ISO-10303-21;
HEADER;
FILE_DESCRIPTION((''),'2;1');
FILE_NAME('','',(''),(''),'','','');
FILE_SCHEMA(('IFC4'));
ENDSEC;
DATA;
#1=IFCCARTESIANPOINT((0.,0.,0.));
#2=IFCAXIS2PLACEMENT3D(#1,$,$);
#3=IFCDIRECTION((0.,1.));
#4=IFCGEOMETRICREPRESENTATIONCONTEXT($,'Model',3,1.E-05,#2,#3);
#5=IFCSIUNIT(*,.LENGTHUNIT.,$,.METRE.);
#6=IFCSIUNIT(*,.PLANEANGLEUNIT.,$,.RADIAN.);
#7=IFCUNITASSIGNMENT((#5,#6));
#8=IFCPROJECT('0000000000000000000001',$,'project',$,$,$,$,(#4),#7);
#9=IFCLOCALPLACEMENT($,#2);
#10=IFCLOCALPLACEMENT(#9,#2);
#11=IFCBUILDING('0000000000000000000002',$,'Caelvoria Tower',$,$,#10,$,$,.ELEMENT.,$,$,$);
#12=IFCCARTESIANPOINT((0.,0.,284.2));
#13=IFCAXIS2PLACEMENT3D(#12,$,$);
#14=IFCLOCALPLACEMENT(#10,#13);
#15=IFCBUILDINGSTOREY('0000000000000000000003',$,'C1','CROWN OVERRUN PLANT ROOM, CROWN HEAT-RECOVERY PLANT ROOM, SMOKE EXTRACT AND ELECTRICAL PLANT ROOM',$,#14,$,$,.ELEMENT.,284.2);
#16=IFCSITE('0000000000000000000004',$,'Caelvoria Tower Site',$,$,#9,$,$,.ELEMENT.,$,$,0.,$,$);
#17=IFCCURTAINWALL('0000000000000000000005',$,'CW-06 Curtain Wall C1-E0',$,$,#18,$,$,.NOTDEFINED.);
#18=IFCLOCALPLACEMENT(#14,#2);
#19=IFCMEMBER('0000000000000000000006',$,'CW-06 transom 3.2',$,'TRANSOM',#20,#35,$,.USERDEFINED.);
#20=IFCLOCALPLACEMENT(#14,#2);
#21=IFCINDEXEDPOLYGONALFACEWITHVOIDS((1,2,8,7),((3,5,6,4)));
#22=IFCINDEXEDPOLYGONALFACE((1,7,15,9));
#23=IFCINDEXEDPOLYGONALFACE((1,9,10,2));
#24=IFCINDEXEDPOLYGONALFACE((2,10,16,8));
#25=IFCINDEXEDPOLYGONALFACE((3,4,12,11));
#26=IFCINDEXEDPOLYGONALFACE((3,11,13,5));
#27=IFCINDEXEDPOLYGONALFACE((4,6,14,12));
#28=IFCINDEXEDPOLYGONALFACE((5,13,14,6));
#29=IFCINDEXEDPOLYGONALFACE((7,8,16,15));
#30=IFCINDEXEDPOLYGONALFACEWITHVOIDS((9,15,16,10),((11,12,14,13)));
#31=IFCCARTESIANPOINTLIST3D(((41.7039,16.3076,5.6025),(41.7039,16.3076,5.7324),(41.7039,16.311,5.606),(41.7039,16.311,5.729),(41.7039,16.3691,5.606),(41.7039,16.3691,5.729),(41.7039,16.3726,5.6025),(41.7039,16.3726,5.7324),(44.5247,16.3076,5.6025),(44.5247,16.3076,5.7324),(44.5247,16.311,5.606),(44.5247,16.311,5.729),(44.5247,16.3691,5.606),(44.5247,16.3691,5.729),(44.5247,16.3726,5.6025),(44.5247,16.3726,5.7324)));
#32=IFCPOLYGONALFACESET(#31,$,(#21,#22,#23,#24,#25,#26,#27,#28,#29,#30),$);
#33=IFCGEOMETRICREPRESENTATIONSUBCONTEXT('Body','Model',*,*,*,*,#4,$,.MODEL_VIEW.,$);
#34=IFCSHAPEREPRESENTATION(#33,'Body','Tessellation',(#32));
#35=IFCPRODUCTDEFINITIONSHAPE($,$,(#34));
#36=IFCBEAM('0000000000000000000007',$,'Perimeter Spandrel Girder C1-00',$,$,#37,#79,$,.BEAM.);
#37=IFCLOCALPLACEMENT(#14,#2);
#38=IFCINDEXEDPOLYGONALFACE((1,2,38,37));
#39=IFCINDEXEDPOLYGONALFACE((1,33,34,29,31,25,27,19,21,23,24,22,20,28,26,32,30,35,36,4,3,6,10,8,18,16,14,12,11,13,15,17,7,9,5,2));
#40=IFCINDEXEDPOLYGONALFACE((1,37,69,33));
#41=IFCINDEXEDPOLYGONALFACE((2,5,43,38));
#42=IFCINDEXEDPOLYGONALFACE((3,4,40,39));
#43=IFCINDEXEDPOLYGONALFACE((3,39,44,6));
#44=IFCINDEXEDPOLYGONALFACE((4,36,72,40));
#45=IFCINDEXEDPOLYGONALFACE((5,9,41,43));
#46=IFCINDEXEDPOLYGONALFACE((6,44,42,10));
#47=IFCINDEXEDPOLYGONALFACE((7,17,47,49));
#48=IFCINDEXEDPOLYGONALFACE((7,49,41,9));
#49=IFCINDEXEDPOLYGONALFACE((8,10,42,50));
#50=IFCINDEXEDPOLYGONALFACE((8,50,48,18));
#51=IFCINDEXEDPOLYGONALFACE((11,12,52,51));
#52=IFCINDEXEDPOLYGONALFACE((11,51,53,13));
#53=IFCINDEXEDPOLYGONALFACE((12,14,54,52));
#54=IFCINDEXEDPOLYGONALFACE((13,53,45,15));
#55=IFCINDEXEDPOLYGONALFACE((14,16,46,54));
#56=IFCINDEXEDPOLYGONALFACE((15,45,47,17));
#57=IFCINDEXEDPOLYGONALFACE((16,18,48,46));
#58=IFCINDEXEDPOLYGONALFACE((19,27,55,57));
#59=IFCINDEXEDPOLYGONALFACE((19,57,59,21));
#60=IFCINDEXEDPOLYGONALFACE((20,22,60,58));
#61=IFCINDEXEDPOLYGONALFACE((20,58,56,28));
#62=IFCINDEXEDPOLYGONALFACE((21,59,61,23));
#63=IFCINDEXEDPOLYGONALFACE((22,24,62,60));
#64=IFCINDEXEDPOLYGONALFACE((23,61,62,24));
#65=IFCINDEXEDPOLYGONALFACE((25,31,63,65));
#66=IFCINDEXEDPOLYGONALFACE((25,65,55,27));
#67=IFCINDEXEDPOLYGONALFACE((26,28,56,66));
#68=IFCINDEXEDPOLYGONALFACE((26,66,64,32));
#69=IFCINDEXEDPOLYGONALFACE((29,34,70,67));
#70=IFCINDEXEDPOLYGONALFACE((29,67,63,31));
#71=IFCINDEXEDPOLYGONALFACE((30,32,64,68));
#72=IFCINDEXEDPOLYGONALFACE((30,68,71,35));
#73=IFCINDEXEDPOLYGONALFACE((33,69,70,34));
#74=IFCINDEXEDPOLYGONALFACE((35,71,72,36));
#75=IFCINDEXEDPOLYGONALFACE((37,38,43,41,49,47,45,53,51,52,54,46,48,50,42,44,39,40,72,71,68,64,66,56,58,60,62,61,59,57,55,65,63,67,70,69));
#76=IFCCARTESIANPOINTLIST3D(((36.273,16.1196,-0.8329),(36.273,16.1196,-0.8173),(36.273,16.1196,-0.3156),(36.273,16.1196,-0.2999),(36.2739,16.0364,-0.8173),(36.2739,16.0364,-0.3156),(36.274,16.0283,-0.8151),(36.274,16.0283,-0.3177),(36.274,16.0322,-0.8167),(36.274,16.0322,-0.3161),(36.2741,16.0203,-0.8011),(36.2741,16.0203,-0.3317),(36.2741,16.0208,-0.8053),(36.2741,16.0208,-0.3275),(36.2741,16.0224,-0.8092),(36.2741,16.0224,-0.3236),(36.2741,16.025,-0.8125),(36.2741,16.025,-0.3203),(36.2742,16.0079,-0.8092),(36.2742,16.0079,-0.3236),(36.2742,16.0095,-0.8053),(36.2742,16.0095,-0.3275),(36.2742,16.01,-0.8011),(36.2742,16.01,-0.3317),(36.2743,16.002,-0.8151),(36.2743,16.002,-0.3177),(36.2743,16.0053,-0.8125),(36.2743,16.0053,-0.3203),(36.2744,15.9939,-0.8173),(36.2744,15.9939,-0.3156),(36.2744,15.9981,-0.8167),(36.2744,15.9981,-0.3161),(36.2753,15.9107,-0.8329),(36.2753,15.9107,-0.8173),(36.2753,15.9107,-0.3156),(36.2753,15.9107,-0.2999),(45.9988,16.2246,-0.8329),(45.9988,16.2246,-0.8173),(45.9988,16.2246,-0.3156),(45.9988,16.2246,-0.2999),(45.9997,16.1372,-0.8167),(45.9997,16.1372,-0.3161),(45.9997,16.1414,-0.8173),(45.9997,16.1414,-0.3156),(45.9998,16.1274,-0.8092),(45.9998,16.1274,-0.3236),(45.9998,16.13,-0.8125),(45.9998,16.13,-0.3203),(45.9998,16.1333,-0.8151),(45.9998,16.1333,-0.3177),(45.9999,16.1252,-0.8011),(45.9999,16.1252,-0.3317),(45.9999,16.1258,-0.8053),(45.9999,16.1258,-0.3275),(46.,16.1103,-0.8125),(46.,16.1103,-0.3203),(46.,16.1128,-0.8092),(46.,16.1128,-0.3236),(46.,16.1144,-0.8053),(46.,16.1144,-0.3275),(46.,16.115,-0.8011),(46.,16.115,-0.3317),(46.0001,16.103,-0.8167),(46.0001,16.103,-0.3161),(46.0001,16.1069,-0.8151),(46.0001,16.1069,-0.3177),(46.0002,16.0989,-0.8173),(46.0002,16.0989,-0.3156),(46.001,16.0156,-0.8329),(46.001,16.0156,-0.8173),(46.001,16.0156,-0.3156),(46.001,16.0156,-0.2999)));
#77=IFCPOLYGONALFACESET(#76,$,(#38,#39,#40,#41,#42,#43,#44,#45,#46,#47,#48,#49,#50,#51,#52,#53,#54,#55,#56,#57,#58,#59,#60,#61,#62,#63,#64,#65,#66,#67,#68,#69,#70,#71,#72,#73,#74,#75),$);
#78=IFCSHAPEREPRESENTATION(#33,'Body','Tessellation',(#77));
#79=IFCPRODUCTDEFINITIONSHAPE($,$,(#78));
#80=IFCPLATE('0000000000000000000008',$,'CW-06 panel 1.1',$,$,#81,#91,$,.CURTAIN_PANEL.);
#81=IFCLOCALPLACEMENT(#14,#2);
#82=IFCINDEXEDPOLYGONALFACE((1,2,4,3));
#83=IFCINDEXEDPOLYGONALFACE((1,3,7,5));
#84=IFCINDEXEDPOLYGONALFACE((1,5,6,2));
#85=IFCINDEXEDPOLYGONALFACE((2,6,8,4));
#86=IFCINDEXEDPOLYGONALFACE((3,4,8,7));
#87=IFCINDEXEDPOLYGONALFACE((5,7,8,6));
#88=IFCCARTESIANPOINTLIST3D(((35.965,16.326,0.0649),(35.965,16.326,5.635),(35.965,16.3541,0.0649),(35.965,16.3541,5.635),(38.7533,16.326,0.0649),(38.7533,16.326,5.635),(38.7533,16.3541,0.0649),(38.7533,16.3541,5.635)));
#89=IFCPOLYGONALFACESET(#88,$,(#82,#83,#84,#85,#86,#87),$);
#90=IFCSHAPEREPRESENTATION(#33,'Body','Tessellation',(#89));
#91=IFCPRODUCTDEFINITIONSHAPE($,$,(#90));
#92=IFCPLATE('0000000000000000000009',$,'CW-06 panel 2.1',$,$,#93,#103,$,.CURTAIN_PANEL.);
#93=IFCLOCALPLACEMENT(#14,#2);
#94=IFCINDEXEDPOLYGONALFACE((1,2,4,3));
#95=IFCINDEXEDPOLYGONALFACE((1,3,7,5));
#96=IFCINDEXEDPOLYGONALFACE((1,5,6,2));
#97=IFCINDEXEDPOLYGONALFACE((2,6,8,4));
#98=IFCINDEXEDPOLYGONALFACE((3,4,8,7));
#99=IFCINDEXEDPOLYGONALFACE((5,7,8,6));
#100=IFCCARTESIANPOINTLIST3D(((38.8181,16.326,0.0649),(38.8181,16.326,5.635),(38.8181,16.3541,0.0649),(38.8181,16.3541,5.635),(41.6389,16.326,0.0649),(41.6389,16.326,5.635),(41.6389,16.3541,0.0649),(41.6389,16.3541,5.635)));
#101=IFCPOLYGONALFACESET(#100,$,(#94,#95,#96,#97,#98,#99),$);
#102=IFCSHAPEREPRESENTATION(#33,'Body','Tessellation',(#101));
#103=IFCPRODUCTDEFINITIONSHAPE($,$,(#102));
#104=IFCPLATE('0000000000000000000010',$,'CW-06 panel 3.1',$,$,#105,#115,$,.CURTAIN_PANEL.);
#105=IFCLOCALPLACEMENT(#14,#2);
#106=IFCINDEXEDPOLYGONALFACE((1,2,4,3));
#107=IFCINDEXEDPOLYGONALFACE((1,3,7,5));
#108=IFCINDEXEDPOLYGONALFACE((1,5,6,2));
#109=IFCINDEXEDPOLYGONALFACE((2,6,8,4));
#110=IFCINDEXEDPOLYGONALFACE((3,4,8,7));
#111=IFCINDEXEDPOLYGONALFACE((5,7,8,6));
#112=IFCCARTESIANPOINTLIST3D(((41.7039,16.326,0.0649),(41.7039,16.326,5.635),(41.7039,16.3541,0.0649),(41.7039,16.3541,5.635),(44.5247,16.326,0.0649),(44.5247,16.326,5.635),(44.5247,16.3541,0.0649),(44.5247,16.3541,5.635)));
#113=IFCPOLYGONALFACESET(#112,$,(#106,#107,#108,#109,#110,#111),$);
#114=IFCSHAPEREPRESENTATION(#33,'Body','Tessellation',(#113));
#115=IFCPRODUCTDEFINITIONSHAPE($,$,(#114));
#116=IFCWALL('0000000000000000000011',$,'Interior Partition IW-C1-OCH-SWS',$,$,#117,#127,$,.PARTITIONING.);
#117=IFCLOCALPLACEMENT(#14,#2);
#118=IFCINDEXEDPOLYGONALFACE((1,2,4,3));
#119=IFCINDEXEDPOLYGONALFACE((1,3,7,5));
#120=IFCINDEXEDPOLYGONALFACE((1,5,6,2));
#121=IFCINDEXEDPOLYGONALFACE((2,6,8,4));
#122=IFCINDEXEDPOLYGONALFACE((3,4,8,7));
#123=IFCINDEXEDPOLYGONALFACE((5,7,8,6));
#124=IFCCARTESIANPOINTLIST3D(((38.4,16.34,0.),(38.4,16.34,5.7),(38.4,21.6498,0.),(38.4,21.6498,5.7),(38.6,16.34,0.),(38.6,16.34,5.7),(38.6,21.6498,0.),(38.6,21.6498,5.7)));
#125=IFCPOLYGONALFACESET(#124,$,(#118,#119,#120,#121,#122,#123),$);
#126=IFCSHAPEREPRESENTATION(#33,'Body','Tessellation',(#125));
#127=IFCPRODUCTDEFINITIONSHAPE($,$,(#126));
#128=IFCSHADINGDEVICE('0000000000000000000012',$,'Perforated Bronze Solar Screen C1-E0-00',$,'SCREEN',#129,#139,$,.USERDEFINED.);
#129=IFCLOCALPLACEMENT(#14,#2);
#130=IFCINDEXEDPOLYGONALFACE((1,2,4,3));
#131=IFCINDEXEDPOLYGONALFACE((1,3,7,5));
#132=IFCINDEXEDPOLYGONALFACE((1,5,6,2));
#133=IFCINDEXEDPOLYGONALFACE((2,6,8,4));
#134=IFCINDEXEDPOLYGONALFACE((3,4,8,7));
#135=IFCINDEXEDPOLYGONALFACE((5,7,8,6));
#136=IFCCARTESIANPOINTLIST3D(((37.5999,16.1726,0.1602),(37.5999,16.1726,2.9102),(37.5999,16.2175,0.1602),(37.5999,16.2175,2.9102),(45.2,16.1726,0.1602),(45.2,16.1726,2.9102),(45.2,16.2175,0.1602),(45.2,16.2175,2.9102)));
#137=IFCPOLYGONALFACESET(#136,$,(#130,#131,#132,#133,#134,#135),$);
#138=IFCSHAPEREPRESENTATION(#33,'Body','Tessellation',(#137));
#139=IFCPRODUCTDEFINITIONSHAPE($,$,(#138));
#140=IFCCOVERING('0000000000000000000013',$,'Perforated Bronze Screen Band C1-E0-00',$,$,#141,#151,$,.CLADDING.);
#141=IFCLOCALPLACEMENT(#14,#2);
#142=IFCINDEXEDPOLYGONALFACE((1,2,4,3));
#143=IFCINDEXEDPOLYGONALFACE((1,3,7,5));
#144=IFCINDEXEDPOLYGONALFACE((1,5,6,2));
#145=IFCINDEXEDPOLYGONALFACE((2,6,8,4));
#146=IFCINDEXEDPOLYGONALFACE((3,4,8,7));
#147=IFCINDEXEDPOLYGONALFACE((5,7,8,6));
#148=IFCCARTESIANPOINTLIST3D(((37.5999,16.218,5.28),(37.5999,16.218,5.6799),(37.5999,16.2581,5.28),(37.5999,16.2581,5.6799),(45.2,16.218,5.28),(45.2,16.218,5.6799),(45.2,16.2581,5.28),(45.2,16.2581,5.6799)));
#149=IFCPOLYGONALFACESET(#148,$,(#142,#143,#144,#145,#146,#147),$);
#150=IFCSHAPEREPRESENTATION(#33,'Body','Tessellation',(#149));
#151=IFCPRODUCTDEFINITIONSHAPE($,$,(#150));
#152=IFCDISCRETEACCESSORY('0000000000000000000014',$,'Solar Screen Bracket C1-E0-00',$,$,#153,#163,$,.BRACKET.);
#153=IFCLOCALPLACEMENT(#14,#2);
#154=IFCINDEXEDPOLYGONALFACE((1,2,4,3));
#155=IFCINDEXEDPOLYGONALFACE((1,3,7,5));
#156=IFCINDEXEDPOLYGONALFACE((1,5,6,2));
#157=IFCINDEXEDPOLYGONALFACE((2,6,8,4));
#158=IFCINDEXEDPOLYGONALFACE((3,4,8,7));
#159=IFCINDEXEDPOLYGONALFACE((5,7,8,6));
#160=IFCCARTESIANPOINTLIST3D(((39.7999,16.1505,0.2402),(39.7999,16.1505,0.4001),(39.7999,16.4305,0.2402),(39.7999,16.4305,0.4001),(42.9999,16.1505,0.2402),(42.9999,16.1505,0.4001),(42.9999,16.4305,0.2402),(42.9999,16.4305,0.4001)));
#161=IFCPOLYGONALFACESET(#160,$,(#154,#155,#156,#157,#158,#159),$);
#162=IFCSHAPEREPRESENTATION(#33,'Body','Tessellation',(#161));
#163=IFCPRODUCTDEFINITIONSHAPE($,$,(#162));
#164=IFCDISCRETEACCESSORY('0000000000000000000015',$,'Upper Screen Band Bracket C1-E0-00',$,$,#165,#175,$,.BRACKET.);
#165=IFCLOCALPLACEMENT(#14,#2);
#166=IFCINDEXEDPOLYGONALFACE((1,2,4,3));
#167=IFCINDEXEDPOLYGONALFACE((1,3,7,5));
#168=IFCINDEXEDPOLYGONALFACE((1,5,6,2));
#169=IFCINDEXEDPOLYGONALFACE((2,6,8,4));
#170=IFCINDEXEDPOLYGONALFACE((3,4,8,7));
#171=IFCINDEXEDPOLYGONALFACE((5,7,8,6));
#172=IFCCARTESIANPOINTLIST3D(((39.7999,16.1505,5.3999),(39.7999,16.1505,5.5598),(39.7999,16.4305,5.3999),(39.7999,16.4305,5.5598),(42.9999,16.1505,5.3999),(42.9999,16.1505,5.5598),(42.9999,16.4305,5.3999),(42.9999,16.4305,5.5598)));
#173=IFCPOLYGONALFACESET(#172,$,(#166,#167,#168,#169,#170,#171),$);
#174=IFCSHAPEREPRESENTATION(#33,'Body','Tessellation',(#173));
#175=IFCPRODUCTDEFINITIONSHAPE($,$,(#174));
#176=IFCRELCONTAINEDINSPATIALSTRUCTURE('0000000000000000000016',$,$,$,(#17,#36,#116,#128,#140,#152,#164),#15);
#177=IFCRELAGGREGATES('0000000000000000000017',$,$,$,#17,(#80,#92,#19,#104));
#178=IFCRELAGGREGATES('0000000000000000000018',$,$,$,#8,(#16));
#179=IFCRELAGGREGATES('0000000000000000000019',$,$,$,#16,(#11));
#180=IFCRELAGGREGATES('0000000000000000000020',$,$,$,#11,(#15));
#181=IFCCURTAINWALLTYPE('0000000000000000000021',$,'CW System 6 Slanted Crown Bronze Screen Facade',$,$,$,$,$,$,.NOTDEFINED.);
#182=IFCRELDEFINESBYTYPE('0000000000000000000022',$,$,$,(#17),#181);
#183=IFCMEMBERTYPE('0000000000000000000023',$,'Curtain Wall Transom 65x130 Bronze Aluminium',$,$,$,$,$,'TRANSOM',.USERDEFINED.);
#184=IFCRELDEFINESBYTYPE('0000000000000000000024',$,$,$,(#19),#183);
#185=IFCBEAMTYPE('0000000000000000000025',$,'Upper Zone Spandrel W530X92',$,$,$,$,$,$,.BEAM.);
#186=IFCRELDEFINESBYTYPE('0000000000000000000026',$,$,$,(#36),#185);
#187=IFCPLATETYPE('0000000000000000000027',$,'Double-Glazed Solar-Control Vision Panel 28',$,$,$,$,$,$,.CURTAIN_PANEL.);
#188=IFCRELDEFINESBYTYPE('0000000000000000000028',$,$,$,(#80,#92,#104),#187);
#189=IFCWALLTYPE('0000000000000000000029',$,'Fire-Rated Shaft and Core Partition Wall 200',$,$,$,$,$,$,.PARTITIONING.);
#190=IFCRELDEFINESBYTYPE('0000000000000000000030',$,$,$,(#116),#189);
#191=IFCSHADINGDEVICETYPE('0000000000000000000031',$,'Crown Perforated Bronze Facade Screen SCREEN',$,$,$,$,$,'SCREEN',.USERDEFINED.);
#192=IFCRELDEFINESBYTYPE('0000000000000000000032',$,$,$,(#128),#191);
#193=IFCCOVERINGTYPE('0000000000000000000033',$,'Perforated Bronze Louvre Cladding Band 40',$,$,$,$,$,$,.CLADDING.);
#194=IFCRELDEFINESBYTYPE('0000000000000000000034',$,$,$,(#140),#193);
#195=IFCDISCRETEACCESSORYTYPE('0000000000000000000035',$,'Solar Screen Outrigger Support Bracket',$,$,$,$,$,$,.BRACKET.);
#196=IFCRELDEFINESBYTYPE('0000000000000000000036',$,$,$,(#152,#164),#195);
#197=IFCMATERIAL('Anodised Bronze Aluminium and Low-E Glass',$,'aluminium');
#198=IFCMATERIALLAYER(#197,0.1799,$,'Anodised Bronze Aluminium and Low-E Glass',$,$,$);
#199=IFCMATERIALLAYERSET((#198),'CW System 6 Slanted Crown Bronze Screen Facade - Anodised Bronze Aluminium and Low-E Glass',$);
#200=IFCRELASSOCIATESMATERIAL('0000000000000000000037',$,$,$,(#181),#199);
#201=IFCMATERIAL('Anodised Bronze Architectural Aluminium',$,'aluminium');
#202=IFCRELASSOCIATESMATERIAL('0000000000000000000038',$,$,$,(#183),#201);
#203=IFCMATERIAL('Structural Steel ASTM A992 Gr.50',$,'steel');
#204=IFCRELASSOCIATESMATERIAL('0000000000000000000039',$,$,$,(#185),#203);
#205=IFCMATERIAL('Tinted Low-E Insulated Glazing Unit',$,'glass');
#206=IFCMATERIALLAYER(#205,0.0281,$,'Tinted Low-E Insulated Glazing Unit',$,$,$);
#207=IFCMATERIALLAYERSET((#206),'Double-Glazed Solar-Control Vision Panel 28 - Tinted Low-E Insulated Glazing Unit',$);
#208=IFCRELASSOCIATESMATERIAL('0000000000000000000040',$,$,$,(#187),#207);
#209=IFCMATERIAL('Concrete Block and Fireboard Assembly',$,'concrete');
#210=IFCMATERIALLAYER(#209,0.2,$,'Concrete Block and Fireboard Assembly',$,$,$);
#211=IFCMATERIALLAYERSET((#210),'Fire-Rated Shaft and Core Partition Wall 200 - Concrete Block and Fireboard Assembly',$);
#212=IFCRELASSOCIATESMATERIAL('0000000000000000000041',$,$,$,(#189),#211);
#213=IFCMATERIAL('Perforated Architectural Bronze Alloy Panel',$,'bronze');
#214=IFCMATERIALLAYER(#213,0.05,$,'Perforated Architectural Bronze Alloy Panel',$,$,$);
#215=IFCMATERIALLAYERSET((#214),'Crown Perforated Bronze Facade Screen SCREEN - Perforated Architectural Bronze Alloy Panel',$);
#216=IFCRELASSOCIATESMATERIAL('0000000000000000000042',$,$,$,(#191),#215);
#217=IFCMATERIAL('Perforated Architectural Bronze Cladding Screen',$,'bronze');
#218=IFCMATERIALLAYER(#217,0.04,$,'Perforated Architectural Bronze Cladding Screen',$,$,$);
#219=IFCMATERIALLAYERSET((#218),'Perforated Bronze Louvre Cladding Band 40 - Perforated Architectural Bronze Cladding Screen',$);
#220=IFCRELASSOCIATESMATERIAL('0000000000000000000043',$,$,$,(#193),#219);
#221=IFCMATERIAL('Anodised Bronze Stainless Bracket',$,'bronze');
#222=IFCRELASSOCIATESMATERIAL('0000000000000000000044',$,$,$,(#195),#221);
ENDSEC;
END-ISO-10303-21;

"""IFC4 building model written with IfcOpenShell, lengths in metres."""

from ifc_helpers import new_model, si_unit, direction, frame, frame_2d, origin, origin_2d, place, context, subcontext, project, spatial, rectangle, hollow_rectangle, i_section, extrude, material, layer, layer_set, material_profile, profile_set, type_object, element, aggregate, save


model = new_model("IFC4")

# Units and contexts
model_context = context("Model", 3, precision=1e-05, world=origin(), true_north=direction((0.0, 1.0)))
body_context = subcontext(model_context, "Body", "Model", "MODEL_VIEW")
ifc_project = project(units=[si_unit("LENGTHUNIT", "METRE"), si_unit("PLANEANGLEUNIT", "RADIAN")], contexts=[model_context])

# Site, building, storey
site_placement = place(None, origin())
site = spatial("IfcSite", under=ifc_project, at=site_placement, Name="Caelvoria Tower Site", CompositionType="ELEMENT", RefElevation=0.0)
building_placement = place(site_placement, origin())
building = spatial("IfcBuilding", under=site, at=building_placement, Name="Caelvoria Tower", CompositionType="ELEMENT")
storey_placement = place(building_placement, frame((0.0, 0.0, 284.2)))
storey = spatial("IfcBuildingStorey", under=building, at=storey_placement, Name="C1", Description="CROWN OVERRUN PLANT ROOM, CROWN HEAT-RECOVERY PLANT ROOM, SMOKE EXTRACT AND ELECTRICAL PLANT ROOM", CompositionType="ELEMENT", Elevation=284.2)

# Curtain wall
ifc_material_1 = material(Name="Anodised Bronze Aluminium and Low-E Glass", Category="aluminium")
ifc_layer_1 = layer(ifc_material_1, 0.1799, Name="Anodised Bronze Aluminium and Low-E Glass")
ifc_layer_set_1 = layer_set([ifc_layer_1], Name="CW System 6 Slanted Crown Bronze Screen Facade - Anodised Bronze Aluminium and Low-E Glass")
curtain_wall_type = type_object("IfcCurtainWallType", Name="CW System 6 Slanted Crown Bronze Screen Facade", PredefinedType="NOTDEFINED", material=ifc_layer_set_1)
curtain_wall_1_placement = place(storey_placement, origin())
curtain_wall_1 = element("IfcCurtainWall", 1, at=curtain_wall_1_placement, inside=storey, type_object=curtain_wall_type, Name="CW-06 Curtain Wall C1-E0", PredefinedType="NOTDEFINED")
ifc_material_2 = material(Name="Anodised Bronze Architectural Aluminium", Category="aluminium")

# Member
ifc_material_profile_1 = material_profile(ifc_material_2, hollow_rectangle(XDim=0.0649, YDim=0.1299, WallThickness=0.0034, at=origin_2d()), Name="Anodised Bronze Architectural Aluminium")
ifc_profile_set_1 = profile_set([ifc_material_profile_1], Name="CW_TRAN_65X130 - Anodised Bronze Architectural Aluminium")
member_type_1 = type_object("IfcMemberType", Name="Curtain Wall Transom 65x130 Bronze Aluminium", ElementType="TRANSOM", PredefinedType="USERDEFINED", material=ifc_profile_set_1)
member_1_placement = place(storey_placement, frame((41.7039, 16.3401, 5.6675), z_axis=(1.0, 0.0, 0.0), x_axis=(0.0, 1.0, 0.0)))
member_1 = element("IfcMember", 2, at=member_1_placement, type_object=member_type_1, Name="CW-06 transom 3.2", ObjectType="TRANSOM", PredefinedType="USERDEFINED", context=body_context, shape_type="SweptSolid", body=[
    extrude(hollow_rectangle(XDim=0.0649, YDim=0.1299, WallThickness=0.0034, at=origin_2d()), origin(), (0.0, 0.0, 1.0), 2.8208),
])

# Beam
ifc_material_3 = material(Name="Structural Steel ASTM A992 Gr.50", Category="steel")
ifc_material_profile_2 = material_profile(ifc_material_3, i_section(OverallWidth=0.209, OverallDepth=0.533, WebThickness=0.0103, FlangeThickness=0.0156, FilletRadius=0.0161, at=origin_2d()), Name="Structural Steel ASTM A992 Gr.50")
ifc_profile_set_2 = profile_set([ifc_material_profile_2], Name="W530X92 - Structural Steel ASTM A992 Gr.50")
beam_type = type_object("IfcBeamType", Name="Upper Zone Spandrel W530X92", PredefinedType="BEAM", material=ifc_profile_set_2)
beam_placement = place(storey_placement, frame((36.2742, 16.0151, -0.5664), z_axis=(0.999942, 0.010793, 0.0), x_axis=(-0.010793, 0.999942, 0.0)))
element("IfcBeam", 3, at=beam_placement, inside=storey, type_object=beam_type, Name="Perimeter Spandrel Girder C1-00", PredefinedType="BEAM", context=body_context, shape_type="SweptSolid", body=[
    extrude(i_section(OverallWidth=0.209, OverallDepth=0.533, WebThickness=0.0103, FlangeThickness=0.0156, FilletRadius=0.0161, at=origin_2d()), origin(), (0.0, 0.0, 1.0), 9.7263),
])

# Plates
ifc_material_4 = material(Name="Tinted Low-E Insulated Glazing Unit", Category="glass")
ifc_layer_2 = layer(ifc_material_4, 0.0281, Name="Tinted Low-E Insulated Glazing Unit")
ifc_layer_set_2 = layer_set([ifc_layer_2], Name="Double-Glazed Solar-Control Vision Panel 28 - Tinted Low-E Insulated Glazing Unit")
plate_type = type_object("IfcPlateType", Name="Double-Glazed Solar-Control Vision Panel 28", PredefinedType="CURTAIN_PANEL", material=ifc_layer_set_2)
plate_1_placement = place(storey_placement, frame((37.3591, 16.3401, 0.0649), z_axis=(0.0, 0.0, 1.0), x_axis=(1.0, 0.0, 0.0)))
plate_1 = element("IfcPlate", 4, at=plate_1_placement, type_object=plate_type, Name="CW-06 panel 1.1", PredefinedType="CURTAIN_PANEL", context=body_context, shape_type="SweptSolid", body=[
    extrude(rectangle(XDim=2.7883, YDim=0.0281, at=origin_2d()), origin(), (0.0, 0.0, 1.0), 5.5701),
])
plate_2_placement = place(storey_placement, frame((40.2285, 16.3401, 0.0649), z_axis=(0.0, 0.0, 1.0), x_axis=(1.0, 0.0, 0.0)))
plate_2 = element("IfcPlate", 5, at=plate_2_placement, type_object=plate_type, Name="CW-06 panel 2.1", PredefinedType="CURTAIN_PANEL", context=body_context, shape_type="SweptSolid", body=[
    extrude(rectangle(XDim=2.8208, YDim=0.0281, at=origin_2d()), origin(), (0.0, 0.0, 1.0), 5.5701),
])
plate_3_placement = place(storey_placement, frame((43.1143, 16.3401, 0.0649), z_axis=(0.0, 0.0, 1.0), x_axis=(1.0, 0.0, 0.0)))
plate_3 = element("IfcPlate", 6, at=plate_3_placement, type_object=plate_type, Name="CW-06 panel 3.1", PredefinedType="CURTAIN_PANEL", context=body_context, shape_type="SweptSolid", body=[
    extrude(rectangle(XDim=2.8208, YDim=0.0281, at=origin_2d()), origin(), (0.0, 0.0, 1.0), 5.5701),
])
aggregate(curtain_wall_1, [plate_1, plate_2, member_1, plate_3])

# Wall
ifc_material_5 = material(Name="Concrete Block and Fireboard Assembly", Category="concrete")
ifc_layer_3 = layer(ifc_material_5, 0.2, Name="Concrete Block and Fireboard Assembly")
ifc_layer_set_3 = layer_set([ifc_layer_3], Name="Fire-Rated Shaft and Core Partition Wall 200 - Concrete Block and Fireboard Assembly")
wall_type = type_object("IfcWallType", Name="Fire-Rated Shaft and Core Partition Wall 200", PredefinedType="PARTITIONING", material=ifc_layer_set_3)
wall_placement = place(storey_placement, frame((38.5, 16.3401, 0.0), z_axis=(0.0, 0.0, 1.0), x_axis=(0.0, 1.0, 0.0)))
element("IfcWall", 7, at=wall_placement, inside=storey, type_object=wall_type, Name="Interior Partition IW-C1-OCH-SWS", PredefinedType="PARTITIONING", context=body_context, shape_type="SweptSolid", body=[
    extrude(rectangle(XDim=5.3098, YDim=0.2, at=frame_2d((2.6548, 0.0))), origin(), (0.0, 0.0, 1.0), 5.7),
])

# Shading device
ifc_material_6 = material(Name="Perforated Architectural Bronze Alloy Panel", Category="bronze")
ifc_layer_4 = layer(ifc_material_6, 0.05, Name="Perforated Architectural Bronze Alloy Panel")
ifc_layer_set_4 = layer_set([ifc_layer_4], Name="Crown Perforated Bronze Facade Screen SCREEN - Perforated Architectural Bronze Alloy Panel")
shading_device_type = type_object("IfcShadingDeviceType", Name="Crown Perforated Bronze Facade Screen SCREEN", ElementType="SCREEN", PredefinedType="USERDEFINED", material=ifc_layer_set_4)
shading_device_placement = place(storey_placement, frame((41.3999, 16.1951, 0.1602), z_axis=(0.0, 0.0, 1.0), x_axis=(1.0, 0.0, 0.0)))
element("IfcShadingDevice", 8, at=shading_device_placement, inside=storey, type_object=shading_device_type, Name="Perforated Bronze Solar Screen C1-E0-00", ObjectType="SCREEN", PredefinedType="USERDEFINED", context=body_context, shape_type="SweptSolid", body=[
    extrude(rectangle(XDim=7.6001, YDim=0.0449, at=origin_2d()), origin(), (0.0, 0.0, 1.0), 2.75),
])

# Covering
ifc_material_7 = material(Name="Perforated Architectural Bronze Cladding Screen", Category="bronze")
ifc_layer_5 = layer(ifc_material_7, 0.04, Name="Perforated Architectural Bronze Cladding Screen")
ifc_layer_set_5 = layer_set([ifc_layer_5], Name="Perforated Bronze Louvre Cladding Band 40 - Perforated Architectural Bronze Cladding Screen")
covering_type = type_object("IfcCoveringType", Name="Perforated Bronze Louvre Cladding Band 40", PredefinedType="CLADDING", material=ifc_layer_set_5)
covering_placement = place(storey_placement, frame((41.3999, 16.238, 5.28), z_axis=(0.0, 0.0, 1.0), x_axis=(1.0, 0.0, 0.0)))
element("IfcCovering", 9, at=covering_placement, inside=storey, type_object=covering_type, Name="Perforated Bronze Screen Band C1-E0-00", PredefinedType="CLADDING", context=body_context, shape_type="SweptSolid", body=[
    extrude(rectangle(XDim=7.6001, YDim=0.04, at=origin_2d()), origin(), (0.0, 0.0, 1.0), 0.3999),
])

# Discrete accessories
ifc_material_8 = material(Name="Anodised Bronze Stainless Bracket", Category="bronze")
discrete_accessory_type = type_object("IfcDiscreteAccessoryType", Name="Solar Screen Outrigger Support Bracket", PredefinedType="BRACKET", material=ifc_material_8)
for number, where, z_axis, x_axis, name in (
    (10, (41.3999, 16.2905, 0.2402), (0.0, 0.0, 1.0), (1.0, 0.0, 0.0), "Solar Screen Bracket C1-E0-00"),
    (11, (41.3999, 16.2905, 5.3999), (0.0, 0.0, 1.0), (1.0, 0.0, 0.0), "Upper Screen Band Bracket C1-E0-00"),
):
    element("IfcDiscreteAccessory", number, at=place(storey_placement, frame(where, z_axis=z_axis, x_axis=x_axis)), inside=storey, type_object=discrete_accessory_type, Name=name, PredefinedType="BRACKET", context=body_context, shape_type="SweptSolid", body=[
        extrude(rectangle(XDim=3.2, YDim=0.28, at=origin_2d()), origin(), (0.0, 0.0, 1.0), 0.1599),
    ])

save(model, "model.ifc")
